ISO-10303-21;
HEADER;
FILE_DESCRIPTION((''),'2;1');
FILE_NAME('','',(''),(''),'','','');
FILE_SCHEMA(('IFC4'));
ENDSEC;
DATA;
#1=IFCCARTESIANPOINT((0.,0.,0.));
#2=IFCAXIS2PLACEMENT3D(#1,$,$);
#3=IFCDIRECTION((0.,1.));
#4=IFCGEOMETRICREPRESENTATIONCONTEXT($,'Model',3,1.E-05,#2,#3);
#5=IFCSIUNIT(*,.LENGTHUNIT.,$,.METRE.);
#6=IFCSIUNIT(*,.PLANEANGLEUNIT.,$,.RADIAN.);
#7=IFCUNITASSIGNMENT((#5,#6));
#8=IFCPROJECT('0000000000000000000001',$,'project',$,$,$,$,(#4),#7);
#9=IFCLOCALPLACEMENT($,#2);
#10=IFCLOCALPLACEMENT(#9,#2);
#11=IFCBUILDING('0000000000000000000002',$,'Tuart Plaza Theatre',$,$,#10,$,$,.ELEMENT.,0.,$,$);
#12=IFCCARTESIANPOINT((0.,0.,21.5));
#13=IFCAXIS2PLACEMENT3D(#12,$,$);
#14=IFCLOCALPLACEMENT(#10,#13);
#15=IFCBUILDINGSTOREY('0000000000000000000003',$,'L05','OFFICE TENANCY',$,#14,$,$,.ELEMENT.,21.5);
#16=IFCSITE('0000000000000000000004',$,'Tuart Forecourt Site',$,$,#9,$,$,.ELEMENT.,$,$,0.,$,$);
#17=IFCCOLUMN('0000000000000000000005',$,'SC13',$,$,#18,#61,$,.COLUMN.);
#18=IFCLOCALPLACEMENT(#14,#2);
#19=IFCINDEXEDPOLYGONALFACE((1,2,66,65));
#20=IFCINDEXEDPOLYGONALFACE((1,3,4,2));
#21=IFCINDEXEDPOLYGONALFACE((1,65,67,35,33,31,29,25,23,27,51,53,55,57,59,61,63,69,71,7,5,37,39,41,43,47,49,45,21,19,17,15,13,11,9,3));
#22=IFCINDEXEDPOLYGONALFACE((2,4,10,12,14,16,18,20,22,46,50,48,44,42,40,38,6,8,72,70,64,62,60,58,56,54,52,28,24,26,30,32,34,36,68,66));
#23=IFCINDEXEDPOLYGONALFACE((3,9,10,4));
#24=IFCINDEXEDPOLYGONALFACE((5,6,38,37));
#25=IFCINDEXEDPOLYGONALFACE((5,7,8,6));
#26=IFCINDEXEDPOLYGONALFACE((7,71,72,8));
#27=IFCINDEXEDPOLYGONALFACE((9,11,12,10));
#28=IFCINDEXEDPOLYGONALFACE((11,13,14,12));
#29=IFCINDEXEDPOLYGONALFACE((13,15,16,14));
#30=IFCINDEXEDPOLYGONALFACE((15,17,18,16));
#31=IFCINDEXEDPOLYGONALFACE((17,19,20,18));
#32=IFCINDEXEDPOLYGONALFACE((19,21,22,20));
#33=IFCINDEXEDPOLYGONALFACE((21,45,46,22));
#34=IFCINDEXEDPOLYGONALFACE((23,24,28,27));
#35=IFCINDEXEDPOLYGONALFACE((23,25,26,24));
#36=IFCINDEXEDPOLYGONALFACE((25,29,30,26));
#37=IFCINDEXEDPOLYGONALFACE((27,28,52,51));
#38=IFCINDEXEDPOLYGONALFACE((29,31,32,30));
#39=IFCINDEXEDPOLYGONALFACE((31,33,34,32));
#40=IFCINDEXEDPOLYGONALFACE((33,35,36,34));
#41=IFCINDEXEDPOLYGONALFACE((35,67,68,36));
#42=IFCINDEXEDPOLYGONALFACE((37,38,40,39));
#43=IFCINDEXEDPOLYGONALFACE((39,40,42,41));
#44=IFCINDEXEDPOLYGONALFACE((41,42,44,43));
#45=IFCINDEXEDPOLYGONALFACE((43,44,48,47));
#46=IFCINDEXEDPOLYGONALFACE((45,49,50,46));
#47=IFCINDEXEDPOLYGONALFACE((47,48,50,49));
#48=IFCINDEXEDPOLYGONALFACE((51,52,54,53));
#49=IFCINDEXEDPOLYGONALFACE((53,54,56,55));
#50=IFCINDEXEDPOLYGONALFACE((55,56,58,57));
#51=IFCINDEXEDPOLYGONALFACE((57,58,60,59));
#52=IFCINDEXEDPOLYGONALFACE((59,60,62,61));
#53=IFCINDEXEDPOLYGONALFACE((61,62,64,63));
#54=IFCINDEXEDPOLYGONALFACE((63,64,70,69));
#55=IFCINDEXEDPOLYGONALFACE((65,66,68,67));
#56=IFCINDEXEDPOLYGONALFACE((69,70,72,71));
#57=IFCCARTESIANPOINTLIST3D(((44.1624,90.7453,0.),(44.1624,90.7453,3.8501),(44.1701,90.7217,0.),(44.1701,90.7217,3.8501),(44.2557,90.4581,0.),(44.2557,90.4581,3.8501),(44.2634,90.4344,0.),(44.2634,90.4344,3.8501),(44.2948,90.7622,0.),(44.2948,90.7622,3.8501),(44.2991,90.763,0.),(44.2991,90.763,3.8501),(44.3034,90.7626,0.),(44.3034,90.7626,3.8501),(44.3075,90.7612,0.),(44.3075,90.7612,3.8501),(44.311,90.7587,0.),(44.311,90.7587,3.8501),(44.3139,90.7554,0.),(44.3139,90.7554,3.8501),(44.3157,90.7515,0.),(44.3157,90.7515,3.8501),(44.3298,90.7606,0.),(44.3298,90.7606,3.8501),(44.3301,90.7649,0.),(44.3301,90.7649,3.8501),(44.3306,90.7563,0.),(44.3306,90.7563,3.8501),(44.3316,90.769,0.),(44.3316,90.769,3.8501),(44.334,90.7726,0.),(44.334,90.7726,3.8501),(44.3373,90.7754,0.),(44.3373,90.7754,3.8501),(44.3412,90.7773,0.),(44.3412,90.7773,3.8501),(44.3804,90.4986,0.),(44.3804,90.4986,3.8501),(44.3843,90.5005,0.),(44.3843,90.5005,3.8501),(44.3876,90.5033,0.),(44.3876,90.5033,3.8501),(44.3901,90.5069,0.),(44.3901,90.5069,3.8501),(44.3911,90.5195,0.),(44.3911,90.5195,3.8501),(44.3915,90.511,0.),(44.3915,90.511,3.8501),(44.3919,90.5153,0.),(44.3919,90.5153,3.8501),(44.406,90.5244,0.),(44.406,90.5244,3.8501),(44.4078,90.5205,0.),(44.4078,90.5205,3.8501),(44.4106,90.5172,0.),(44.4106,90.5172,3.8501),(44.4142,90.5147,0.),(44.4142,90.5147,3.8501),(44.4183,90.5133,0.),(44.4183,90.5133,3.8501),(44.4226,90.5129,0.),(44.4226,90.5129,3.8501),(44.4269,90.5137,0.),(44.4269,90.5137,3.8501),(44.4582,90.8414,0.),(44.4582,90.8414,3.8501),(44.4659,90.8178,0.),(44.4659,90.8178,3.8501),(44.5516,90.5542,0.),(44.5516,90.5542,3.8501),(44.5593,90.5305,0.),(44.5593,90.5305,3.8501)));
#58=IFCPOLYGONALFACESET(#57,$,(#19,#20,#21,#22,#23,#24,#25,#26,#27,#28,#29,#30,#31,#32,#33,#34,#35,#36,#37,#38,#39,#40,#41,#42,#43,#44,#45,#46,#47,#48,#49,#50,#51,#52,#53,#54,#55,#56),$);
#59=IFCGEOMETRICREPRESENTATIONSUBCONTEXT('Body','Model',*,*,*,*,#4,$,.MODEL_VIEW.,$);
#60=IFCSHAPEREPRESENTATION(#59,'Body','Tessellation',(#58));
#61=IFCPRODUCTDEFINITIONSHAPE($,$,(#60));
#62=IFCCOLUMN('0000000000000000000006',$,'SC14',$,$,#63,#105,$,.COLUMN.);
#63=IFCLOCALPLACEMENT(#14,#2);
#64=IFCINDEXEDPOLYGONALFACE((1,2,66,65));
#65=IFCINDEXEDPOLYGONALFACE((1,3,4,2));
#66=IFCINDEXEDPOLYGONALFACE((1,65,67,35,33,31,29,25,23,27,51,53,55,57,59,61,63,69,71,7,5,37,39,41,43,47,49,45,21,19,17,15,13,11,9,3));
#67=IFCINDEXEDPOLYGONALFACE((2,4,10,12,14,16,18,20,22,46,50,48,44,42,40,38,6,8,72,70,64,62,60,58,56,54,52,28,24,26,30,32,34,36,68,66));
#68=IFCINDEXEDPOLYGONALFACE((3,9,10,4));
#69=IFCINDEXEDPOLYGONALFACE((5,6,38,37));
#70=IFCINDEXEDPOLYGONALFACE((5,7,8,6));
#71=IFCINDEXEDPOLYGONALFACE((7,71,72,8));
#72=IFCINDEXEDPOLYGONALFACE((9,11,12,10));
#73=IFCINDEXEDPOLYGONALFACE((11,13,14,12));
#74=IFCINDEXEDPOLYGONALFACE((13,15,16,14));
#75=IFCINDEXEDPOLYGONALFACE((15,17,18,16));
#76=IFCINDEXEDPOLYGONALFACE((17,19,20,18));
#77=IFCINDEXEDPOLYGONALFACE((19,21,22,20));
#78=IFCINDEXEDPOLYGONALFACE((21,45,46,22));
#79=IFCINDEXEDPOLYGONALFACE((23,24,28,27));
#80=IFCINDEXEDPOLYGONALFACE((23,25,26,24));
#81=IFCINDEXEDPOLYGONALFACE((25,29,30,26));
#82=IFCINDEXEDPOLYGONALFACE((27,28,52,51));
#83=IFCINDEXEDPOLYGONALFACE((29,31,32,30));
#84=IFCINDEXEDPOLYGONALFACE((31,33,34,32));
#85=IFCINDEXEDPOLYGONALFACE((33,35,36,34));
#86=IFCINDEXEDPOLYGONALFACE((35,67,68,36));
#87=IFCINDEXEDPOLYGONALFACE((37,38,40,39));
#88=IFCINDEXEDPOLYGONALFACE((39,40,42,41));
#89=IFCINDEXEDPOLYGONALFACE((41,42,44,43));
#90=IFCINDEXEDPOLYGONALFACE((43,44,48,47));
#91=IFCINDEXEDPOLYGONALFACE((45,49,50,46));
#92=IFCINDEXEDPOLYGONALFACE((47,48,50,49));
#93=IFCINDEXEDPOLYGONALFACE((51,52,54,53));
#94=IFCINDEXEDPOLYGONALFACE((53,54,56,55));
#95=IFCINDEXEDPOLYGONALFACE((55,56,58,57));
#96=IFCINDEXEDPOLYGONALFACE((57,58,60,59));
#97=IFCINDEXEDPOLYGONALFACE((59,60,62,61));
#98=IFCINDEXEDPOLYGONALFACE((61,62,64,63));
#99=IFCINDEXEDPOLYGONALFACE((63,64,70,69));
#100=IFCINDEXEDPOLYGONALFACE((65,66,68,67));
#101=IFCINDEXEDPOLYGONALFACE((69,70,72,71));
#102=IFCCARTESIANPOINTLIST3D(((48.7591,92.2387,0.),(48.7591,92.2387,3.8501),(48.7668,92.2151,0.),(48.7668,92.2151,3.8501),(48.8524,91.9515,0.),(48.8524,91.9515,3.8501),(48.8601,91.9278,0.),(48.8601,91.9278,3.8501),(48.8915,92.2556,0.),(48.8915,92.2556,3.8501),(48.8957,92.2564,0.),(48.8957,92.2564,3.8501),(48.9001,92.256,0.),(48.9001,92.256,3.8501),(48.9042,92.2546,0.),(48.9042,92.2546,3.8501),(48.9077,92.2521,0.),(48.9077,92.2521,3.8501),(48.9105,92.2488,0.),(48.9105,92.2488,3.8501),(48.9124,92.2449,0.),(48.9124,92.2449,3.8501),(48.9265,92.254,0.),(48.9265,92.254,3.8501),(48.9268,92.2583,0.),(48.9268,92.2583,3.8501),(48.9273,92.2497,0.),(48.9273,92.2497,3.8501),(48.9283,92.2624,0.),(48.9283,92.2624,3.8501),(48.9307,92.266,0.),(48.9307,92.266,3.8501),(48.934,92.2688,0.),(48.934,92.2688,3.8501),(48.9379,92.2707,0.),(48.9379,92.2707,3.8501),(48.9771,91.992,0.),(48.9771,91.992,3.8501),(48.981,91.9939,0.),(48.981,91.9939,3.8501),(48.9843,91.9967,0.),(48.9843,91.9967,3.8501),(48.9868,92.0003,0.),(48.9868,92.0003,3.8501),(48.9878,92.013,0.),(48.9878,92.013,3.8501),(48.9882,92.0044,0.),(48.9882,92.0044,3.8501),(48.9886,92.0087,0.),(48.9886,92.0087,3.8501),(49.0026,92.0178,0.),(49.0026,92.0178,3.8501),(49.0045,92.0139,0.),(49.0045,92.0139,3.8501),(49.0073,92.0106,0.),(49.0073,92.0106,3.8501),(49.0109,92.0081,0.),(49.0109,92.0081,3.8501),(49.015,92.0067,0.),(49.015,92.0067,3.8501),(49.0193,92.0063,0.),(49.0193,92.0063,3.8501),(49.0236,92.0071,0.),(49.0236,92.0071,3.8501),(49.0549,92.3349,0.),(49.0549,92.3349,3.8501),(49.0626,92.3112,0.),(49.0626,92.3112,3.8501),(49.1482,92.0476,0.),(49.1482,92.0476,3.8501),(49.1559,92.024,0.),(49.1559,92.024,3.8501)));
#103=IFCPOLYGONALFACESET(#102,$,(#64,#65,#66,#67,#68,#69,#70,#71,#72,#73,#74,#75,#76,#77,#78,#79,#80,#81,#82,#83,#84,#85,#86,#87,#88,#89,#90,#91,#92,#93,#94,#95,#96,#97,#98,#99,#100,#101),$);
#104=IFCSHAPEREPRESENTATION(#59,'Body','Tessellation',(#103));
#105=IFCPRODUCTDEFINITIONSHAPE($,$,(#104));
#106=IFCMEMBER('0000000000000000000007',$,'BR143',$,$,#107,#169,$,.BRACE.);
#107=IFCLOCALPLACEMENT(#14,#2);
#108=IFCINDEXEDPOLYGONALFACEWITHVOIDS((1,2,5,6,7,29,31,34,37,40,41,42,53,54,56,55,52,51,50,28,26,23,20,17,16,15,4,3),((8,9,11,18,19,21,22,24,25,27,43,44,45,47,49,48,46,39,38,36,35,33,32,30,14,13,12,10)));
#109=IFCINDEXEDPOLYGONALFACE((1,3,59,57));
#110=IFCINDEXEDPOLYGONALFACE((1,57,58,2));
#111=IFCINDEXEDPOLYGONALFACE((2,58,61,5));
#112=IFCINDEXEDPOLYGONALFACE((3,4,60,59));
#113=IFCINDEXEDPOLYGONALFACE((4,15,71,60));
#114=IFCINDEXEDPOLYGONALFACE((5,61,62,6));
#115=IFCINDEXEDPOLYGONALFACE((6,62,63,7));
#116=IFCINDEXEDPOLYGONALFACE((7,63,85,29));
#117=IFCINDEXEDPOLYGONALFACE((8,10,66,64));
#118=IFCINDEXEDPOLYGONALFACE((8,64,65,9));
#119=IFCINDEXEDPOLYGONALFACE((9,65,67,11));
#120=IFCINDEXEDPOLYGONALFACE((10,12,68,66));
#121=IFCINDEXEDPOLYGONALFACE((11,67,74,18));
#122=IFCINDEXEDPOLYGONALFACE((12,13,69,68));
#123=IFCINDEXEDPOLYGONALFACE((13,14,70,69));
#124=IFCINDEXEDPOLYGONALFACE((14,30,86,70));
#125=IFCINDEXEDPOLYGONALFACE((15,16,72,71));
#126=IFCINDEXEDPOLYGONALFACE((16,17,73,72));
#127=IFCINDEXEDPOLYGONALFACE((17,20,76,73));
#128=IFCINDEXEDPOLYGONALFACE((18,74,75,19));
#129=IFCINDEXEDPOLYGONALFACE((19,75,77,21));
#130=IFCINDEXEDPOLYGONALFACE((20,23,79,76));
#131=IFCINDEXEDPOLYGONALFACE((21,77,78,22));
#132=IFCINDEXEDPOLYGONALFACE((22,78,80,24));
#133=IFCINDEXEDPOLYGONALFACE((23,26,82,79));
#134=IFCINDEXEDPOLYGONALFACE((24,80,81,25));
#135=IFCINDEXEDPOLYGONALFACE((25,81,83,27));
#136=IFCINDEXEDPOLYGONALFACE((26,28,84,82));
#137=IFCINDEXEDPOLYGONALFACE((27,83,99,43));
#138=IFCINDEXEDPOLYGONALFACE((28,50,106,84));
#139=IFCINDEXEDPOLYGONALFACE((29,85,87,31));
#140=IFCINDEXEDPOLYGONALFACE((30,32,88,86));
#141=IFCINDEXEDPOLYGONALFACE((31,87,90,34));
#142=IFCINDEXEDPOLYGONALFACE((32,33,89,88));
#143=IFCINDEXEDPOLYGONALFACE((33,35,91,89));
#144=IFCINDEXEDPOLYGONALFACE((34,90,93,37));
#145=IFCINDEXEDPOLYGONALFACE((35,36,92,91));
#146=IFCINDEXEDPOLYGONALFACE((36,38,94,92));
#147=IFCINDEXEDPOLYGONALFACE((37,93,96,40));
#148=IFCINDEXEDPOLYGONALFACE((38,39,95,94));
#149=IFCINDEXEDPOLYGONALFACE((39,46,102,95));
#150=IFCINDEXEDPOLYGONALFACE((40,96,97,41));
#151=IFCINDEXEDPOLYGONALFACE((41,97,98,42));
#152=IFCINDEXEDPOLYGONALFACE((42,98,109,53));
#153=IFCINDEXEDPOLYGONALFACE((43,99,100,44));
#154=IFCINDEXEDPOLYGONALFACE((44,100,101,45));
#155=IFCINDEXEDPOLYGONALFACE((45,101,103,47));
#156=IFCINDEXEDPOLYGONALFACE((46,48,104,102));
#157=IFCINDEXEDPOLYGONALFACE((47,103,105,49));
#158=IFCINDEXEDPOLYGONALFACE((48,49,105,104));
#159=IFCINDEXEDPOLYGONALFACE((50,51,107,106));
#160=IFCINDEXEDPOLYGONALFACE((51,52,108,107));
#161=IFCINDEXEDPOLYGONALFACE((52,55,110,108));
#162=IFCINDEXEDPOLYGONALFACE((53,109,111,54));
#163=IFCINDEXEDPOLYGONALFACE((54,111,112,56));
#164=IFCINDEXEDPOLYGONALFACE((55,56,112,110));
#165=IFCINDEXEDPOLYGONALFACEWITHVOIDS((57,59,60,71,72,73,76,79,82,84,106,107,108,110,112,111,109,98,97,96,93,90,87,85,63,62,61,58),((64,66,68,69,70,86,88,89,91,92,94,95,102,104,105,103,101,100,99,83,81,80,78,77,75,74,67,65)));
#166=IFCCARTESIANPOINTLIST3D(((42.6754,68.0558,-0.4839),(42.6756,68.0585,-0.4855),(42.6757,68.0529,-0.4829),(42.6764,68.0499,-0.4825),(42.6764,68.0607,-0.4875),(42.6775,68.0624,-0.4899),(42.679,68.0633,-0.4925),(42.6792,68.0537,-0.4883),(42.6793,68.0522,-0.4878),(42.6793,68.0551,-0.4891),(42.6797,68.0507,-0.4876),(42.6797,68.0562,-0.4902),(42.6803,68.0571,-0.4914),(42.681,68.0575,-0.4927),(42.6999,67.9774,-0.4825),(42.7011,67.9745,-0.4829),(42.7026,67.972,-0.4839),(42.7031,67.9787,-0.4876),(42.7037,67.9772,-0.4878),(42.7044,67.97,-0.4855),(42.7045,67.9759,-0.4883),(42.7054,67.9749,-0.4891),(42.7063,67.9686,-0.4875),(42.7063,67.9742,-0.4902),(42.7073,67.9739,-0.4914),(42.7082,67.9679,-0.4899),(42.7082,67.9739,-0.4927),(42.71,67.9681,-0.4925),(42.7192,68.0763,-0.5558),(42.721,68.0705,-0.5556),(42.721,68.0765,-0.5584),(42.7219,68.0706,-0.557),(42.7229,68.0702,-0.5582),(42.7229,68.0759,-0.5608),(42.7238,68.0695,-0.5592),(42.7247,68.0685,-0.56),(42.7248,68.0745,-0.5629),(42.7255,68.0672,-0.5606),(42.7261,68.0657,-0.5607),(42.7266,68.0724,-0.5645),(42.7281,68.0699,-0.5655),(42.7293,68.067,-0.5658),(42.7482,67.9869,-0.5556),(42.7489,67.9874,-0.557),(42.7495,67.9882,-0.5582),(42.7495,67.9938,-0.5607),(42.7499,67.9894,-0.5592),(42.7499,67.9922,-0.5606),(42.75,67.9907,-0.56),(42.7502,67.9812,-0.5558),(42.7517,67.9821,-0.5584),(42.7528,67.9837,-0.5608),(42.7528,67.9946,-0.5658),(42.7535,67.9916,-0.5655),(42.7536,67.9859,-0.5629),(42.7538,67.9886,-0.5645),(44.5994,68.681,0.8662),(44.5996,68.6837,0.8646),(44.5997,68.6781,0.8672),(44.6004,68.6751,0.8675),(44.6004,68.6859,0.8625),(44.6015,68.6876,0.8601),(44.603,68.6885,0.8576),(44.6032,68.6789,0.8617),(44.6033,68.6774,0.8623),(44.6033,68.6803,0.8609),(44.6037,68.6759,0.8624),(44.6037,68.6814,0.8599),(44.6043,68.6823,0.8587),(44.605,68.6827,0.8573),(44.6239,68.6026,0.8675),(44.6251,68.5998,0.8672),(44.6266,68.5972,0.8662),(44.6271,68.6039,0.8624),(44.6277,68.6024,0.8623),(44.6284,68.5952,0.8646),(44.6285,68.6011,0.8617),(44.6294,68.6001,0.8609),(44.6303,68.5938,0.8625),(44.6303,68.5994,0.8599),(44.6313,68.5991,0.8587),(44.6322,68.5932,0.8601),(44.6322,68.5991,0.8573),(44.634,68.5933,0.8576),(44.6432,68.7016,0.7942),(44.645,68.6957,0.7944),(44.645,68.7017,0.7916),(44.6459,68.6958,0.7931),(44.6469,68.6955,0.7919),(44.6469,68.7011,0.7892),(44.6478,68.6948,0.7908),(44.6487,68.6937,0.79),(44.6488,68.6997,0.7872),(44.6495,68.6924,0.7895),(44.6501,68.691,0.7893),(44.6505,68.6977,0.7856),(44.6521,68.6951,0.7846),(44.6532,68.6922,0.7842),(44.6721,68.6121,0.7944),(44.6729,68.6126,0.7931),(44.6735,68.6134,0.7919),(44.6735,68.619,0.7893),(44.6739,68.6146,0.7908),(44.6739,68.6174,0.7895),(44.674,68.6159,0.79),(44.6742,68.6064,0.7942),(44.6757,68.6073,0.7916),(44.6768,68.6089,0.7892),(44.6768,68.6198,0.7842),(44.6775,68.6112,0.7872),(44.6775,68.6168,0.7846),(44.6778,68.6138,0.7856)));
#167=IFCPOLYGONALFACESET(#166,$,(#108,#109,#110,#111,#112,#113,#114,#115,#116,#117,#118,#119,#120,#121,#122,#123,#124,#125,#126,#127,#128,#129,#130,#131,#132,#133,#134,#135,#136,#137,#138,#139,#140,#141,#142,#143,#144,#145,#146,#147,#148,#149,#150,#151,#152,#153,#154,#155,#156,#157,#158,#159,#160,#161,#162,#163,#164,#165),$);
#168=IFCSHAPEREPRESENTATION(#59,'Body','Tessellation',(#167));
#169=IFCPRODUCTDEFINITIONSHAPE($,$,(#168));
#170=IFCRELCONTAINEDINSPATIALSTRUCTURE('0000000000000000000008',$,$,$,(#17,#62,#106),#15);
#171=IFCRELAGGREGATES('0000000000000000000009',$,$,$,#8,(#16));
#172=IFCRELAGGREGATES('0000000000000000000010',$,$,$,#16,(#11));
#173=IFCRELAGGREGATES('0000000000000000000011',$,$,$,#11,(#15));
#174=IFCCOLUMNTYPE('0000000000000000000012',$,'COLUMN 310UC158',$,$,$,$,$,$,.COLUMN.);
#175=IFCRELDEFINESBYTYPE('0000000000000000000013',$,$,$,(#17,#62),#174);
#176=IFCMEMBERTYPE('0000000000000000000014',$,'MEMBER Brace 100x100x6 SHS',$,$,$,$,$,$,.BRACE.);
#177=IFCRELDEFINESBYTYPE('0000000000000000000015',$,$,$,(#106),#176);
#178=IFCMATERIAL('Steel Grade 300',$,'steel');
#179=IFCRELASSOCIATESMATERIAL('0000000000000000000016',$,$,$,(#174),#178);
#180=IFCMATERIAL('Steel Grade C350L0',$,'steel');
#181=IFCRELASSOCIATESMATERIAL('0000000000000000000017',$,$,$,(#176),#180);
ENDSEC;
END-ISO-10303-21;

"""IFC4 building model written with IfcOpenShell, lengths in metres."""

from ifc_helpers import new_model, si_unit, direction, frame, origin, origin_2d, place, context, subcontext, project, spatial, hollow_rectangle, i_section, extrude, material, material_profile, profile_set, type_object, element, save


model = new_model("IFC4")

# Units and contexts
model_context = context("Model", 3, precision=1e-05, world=origin(), true_north=direction((0.0, 1.0)))
body_context = subcontext(model_context, "Body", "Model", "MODEL_VIEW")
ifc_project = project(units=[si_unit("LENGTHUNIT", "METRE"), si_unit("PLANEANGLEUNIT", "RADIAN")], contexts=[model_context])

# Site, building, storey
site_placement = place(None, origin())
site = spatial("IfcSite", under=ifc_project, at=site_placement, Name="Tuart Forecourt Site", CompositionType="ELEMENT", RefElevation=0.0)
building_placement = place(site_placement, origin())
building = spatial("IfcBuilding", under=site, at=building_placement, Name="Tuart Plaza Theatre", CompositionType="ELEMENT", ElevationOfRefHeight=0.0)
storey_placement = place(building_placement, frame((0.0, 0.0, 21.5)))
storey = spatial("IfcBuildingStorey", under=building, at=storey_placement, Name="L05", Description="OFFICE TENANCY", CompositionType="ELEMENT", Elevation=21.5)

# Columns
ifc_material_1 = material(Name="Steel Grade 300", Category="steel")
ifc_material_profile_1 = material_profile(ifc_material_1, i_section(OverallWidth=0.311, OverallDepth=0.3269, WebThickness=0.0156, FlangeThickness=0.0249, FilletRadius=0.0166, at=origin_2d()), Name="310UC158")
ifc_profile_set_1 = profile_set([ifc_material_profile_1], Name="Steel Grade 300")
column_type = type_object("IfcColumnType", Name="COLUMN 310UC158", PredefinedType="COLUMN", material=ifc_profile_set_1)
for number, where, z_axis, x_axis, name in (
    (1, (44.3608, 90.6379, 0.0), (0.0, 0.0, 1.0), (0.951057, 0.309017, 0.0), "SC13"),
    (2, (48.9575, 92.1313, 0.0), (0.0, 0.0, 1.0), (0.951057, 0.309017, 0.0), "SC14"),
):
    element("IfcColumn", number, at=place(storey_placement, frame(where, z_axis=z_axis, x_axis=x_axis)), inside=storey, type_object=column_type, Name=name, PredefinedType="COLUMN", context=body_context, shape_type="SweptSolid", body=[
        extrude(i_section(OverallWidth=0.311, OverallDepth=0.3269, WebThickness=0.0156, FlangeThickness=0.0249, FilletRadius=0.0166, at=origin_2d()), origin(), (0.0, 0.0, 1.0), 3.8501),
    ])

# Member
ifc_material_2 = material(Name="Steel Grade C350L0", Category="steel")
ifc_material_profile_2 = material_profile(ifc_material_2, hollow_rectangle(XDim=0.1001, YDim=0.1001, WallThickness=0.0061, InnerFilletRadius=0.0061, OuterFilletRadius=0.012, at=origin_2d()), Name="100x100x6 SHS")
ifc_profile_set_2 = profile_set([ifc_material_profile_2], Name="Steel Grade C350L0")
member_type_1 = type_object("IfcMemberType", Name="MEMBER Brace 100x100x6 SHS", PredefinedType="BRACE", material=ifc_profile_set_2)
member_1_placement = place(storey_placement, frame((42.7146, 68.0222, -0.5242), z_axis=(0.791073, 0.257066, 0.555086), x_axis=(-0.309051, 0.951046, 0.0)))
element("IfcMember", 3, at=member_1_placement, inside=storey, type_object=member_type_1, Name="BR143", PredefinedType="BRACE", context=body_context, shape_type="SweptSolid", body=[
    extrude(hollow_rectangle(XDim=0.1001, YDim=0.1001, WallThickness=0.0061, InnerFilletRadius=0.0061, OuterFilletRadius=0.012, at=origin_2d()), origin(), (0.0, 0.0, 1.0), 2.4321),
])

save(model, "model.ifc")
